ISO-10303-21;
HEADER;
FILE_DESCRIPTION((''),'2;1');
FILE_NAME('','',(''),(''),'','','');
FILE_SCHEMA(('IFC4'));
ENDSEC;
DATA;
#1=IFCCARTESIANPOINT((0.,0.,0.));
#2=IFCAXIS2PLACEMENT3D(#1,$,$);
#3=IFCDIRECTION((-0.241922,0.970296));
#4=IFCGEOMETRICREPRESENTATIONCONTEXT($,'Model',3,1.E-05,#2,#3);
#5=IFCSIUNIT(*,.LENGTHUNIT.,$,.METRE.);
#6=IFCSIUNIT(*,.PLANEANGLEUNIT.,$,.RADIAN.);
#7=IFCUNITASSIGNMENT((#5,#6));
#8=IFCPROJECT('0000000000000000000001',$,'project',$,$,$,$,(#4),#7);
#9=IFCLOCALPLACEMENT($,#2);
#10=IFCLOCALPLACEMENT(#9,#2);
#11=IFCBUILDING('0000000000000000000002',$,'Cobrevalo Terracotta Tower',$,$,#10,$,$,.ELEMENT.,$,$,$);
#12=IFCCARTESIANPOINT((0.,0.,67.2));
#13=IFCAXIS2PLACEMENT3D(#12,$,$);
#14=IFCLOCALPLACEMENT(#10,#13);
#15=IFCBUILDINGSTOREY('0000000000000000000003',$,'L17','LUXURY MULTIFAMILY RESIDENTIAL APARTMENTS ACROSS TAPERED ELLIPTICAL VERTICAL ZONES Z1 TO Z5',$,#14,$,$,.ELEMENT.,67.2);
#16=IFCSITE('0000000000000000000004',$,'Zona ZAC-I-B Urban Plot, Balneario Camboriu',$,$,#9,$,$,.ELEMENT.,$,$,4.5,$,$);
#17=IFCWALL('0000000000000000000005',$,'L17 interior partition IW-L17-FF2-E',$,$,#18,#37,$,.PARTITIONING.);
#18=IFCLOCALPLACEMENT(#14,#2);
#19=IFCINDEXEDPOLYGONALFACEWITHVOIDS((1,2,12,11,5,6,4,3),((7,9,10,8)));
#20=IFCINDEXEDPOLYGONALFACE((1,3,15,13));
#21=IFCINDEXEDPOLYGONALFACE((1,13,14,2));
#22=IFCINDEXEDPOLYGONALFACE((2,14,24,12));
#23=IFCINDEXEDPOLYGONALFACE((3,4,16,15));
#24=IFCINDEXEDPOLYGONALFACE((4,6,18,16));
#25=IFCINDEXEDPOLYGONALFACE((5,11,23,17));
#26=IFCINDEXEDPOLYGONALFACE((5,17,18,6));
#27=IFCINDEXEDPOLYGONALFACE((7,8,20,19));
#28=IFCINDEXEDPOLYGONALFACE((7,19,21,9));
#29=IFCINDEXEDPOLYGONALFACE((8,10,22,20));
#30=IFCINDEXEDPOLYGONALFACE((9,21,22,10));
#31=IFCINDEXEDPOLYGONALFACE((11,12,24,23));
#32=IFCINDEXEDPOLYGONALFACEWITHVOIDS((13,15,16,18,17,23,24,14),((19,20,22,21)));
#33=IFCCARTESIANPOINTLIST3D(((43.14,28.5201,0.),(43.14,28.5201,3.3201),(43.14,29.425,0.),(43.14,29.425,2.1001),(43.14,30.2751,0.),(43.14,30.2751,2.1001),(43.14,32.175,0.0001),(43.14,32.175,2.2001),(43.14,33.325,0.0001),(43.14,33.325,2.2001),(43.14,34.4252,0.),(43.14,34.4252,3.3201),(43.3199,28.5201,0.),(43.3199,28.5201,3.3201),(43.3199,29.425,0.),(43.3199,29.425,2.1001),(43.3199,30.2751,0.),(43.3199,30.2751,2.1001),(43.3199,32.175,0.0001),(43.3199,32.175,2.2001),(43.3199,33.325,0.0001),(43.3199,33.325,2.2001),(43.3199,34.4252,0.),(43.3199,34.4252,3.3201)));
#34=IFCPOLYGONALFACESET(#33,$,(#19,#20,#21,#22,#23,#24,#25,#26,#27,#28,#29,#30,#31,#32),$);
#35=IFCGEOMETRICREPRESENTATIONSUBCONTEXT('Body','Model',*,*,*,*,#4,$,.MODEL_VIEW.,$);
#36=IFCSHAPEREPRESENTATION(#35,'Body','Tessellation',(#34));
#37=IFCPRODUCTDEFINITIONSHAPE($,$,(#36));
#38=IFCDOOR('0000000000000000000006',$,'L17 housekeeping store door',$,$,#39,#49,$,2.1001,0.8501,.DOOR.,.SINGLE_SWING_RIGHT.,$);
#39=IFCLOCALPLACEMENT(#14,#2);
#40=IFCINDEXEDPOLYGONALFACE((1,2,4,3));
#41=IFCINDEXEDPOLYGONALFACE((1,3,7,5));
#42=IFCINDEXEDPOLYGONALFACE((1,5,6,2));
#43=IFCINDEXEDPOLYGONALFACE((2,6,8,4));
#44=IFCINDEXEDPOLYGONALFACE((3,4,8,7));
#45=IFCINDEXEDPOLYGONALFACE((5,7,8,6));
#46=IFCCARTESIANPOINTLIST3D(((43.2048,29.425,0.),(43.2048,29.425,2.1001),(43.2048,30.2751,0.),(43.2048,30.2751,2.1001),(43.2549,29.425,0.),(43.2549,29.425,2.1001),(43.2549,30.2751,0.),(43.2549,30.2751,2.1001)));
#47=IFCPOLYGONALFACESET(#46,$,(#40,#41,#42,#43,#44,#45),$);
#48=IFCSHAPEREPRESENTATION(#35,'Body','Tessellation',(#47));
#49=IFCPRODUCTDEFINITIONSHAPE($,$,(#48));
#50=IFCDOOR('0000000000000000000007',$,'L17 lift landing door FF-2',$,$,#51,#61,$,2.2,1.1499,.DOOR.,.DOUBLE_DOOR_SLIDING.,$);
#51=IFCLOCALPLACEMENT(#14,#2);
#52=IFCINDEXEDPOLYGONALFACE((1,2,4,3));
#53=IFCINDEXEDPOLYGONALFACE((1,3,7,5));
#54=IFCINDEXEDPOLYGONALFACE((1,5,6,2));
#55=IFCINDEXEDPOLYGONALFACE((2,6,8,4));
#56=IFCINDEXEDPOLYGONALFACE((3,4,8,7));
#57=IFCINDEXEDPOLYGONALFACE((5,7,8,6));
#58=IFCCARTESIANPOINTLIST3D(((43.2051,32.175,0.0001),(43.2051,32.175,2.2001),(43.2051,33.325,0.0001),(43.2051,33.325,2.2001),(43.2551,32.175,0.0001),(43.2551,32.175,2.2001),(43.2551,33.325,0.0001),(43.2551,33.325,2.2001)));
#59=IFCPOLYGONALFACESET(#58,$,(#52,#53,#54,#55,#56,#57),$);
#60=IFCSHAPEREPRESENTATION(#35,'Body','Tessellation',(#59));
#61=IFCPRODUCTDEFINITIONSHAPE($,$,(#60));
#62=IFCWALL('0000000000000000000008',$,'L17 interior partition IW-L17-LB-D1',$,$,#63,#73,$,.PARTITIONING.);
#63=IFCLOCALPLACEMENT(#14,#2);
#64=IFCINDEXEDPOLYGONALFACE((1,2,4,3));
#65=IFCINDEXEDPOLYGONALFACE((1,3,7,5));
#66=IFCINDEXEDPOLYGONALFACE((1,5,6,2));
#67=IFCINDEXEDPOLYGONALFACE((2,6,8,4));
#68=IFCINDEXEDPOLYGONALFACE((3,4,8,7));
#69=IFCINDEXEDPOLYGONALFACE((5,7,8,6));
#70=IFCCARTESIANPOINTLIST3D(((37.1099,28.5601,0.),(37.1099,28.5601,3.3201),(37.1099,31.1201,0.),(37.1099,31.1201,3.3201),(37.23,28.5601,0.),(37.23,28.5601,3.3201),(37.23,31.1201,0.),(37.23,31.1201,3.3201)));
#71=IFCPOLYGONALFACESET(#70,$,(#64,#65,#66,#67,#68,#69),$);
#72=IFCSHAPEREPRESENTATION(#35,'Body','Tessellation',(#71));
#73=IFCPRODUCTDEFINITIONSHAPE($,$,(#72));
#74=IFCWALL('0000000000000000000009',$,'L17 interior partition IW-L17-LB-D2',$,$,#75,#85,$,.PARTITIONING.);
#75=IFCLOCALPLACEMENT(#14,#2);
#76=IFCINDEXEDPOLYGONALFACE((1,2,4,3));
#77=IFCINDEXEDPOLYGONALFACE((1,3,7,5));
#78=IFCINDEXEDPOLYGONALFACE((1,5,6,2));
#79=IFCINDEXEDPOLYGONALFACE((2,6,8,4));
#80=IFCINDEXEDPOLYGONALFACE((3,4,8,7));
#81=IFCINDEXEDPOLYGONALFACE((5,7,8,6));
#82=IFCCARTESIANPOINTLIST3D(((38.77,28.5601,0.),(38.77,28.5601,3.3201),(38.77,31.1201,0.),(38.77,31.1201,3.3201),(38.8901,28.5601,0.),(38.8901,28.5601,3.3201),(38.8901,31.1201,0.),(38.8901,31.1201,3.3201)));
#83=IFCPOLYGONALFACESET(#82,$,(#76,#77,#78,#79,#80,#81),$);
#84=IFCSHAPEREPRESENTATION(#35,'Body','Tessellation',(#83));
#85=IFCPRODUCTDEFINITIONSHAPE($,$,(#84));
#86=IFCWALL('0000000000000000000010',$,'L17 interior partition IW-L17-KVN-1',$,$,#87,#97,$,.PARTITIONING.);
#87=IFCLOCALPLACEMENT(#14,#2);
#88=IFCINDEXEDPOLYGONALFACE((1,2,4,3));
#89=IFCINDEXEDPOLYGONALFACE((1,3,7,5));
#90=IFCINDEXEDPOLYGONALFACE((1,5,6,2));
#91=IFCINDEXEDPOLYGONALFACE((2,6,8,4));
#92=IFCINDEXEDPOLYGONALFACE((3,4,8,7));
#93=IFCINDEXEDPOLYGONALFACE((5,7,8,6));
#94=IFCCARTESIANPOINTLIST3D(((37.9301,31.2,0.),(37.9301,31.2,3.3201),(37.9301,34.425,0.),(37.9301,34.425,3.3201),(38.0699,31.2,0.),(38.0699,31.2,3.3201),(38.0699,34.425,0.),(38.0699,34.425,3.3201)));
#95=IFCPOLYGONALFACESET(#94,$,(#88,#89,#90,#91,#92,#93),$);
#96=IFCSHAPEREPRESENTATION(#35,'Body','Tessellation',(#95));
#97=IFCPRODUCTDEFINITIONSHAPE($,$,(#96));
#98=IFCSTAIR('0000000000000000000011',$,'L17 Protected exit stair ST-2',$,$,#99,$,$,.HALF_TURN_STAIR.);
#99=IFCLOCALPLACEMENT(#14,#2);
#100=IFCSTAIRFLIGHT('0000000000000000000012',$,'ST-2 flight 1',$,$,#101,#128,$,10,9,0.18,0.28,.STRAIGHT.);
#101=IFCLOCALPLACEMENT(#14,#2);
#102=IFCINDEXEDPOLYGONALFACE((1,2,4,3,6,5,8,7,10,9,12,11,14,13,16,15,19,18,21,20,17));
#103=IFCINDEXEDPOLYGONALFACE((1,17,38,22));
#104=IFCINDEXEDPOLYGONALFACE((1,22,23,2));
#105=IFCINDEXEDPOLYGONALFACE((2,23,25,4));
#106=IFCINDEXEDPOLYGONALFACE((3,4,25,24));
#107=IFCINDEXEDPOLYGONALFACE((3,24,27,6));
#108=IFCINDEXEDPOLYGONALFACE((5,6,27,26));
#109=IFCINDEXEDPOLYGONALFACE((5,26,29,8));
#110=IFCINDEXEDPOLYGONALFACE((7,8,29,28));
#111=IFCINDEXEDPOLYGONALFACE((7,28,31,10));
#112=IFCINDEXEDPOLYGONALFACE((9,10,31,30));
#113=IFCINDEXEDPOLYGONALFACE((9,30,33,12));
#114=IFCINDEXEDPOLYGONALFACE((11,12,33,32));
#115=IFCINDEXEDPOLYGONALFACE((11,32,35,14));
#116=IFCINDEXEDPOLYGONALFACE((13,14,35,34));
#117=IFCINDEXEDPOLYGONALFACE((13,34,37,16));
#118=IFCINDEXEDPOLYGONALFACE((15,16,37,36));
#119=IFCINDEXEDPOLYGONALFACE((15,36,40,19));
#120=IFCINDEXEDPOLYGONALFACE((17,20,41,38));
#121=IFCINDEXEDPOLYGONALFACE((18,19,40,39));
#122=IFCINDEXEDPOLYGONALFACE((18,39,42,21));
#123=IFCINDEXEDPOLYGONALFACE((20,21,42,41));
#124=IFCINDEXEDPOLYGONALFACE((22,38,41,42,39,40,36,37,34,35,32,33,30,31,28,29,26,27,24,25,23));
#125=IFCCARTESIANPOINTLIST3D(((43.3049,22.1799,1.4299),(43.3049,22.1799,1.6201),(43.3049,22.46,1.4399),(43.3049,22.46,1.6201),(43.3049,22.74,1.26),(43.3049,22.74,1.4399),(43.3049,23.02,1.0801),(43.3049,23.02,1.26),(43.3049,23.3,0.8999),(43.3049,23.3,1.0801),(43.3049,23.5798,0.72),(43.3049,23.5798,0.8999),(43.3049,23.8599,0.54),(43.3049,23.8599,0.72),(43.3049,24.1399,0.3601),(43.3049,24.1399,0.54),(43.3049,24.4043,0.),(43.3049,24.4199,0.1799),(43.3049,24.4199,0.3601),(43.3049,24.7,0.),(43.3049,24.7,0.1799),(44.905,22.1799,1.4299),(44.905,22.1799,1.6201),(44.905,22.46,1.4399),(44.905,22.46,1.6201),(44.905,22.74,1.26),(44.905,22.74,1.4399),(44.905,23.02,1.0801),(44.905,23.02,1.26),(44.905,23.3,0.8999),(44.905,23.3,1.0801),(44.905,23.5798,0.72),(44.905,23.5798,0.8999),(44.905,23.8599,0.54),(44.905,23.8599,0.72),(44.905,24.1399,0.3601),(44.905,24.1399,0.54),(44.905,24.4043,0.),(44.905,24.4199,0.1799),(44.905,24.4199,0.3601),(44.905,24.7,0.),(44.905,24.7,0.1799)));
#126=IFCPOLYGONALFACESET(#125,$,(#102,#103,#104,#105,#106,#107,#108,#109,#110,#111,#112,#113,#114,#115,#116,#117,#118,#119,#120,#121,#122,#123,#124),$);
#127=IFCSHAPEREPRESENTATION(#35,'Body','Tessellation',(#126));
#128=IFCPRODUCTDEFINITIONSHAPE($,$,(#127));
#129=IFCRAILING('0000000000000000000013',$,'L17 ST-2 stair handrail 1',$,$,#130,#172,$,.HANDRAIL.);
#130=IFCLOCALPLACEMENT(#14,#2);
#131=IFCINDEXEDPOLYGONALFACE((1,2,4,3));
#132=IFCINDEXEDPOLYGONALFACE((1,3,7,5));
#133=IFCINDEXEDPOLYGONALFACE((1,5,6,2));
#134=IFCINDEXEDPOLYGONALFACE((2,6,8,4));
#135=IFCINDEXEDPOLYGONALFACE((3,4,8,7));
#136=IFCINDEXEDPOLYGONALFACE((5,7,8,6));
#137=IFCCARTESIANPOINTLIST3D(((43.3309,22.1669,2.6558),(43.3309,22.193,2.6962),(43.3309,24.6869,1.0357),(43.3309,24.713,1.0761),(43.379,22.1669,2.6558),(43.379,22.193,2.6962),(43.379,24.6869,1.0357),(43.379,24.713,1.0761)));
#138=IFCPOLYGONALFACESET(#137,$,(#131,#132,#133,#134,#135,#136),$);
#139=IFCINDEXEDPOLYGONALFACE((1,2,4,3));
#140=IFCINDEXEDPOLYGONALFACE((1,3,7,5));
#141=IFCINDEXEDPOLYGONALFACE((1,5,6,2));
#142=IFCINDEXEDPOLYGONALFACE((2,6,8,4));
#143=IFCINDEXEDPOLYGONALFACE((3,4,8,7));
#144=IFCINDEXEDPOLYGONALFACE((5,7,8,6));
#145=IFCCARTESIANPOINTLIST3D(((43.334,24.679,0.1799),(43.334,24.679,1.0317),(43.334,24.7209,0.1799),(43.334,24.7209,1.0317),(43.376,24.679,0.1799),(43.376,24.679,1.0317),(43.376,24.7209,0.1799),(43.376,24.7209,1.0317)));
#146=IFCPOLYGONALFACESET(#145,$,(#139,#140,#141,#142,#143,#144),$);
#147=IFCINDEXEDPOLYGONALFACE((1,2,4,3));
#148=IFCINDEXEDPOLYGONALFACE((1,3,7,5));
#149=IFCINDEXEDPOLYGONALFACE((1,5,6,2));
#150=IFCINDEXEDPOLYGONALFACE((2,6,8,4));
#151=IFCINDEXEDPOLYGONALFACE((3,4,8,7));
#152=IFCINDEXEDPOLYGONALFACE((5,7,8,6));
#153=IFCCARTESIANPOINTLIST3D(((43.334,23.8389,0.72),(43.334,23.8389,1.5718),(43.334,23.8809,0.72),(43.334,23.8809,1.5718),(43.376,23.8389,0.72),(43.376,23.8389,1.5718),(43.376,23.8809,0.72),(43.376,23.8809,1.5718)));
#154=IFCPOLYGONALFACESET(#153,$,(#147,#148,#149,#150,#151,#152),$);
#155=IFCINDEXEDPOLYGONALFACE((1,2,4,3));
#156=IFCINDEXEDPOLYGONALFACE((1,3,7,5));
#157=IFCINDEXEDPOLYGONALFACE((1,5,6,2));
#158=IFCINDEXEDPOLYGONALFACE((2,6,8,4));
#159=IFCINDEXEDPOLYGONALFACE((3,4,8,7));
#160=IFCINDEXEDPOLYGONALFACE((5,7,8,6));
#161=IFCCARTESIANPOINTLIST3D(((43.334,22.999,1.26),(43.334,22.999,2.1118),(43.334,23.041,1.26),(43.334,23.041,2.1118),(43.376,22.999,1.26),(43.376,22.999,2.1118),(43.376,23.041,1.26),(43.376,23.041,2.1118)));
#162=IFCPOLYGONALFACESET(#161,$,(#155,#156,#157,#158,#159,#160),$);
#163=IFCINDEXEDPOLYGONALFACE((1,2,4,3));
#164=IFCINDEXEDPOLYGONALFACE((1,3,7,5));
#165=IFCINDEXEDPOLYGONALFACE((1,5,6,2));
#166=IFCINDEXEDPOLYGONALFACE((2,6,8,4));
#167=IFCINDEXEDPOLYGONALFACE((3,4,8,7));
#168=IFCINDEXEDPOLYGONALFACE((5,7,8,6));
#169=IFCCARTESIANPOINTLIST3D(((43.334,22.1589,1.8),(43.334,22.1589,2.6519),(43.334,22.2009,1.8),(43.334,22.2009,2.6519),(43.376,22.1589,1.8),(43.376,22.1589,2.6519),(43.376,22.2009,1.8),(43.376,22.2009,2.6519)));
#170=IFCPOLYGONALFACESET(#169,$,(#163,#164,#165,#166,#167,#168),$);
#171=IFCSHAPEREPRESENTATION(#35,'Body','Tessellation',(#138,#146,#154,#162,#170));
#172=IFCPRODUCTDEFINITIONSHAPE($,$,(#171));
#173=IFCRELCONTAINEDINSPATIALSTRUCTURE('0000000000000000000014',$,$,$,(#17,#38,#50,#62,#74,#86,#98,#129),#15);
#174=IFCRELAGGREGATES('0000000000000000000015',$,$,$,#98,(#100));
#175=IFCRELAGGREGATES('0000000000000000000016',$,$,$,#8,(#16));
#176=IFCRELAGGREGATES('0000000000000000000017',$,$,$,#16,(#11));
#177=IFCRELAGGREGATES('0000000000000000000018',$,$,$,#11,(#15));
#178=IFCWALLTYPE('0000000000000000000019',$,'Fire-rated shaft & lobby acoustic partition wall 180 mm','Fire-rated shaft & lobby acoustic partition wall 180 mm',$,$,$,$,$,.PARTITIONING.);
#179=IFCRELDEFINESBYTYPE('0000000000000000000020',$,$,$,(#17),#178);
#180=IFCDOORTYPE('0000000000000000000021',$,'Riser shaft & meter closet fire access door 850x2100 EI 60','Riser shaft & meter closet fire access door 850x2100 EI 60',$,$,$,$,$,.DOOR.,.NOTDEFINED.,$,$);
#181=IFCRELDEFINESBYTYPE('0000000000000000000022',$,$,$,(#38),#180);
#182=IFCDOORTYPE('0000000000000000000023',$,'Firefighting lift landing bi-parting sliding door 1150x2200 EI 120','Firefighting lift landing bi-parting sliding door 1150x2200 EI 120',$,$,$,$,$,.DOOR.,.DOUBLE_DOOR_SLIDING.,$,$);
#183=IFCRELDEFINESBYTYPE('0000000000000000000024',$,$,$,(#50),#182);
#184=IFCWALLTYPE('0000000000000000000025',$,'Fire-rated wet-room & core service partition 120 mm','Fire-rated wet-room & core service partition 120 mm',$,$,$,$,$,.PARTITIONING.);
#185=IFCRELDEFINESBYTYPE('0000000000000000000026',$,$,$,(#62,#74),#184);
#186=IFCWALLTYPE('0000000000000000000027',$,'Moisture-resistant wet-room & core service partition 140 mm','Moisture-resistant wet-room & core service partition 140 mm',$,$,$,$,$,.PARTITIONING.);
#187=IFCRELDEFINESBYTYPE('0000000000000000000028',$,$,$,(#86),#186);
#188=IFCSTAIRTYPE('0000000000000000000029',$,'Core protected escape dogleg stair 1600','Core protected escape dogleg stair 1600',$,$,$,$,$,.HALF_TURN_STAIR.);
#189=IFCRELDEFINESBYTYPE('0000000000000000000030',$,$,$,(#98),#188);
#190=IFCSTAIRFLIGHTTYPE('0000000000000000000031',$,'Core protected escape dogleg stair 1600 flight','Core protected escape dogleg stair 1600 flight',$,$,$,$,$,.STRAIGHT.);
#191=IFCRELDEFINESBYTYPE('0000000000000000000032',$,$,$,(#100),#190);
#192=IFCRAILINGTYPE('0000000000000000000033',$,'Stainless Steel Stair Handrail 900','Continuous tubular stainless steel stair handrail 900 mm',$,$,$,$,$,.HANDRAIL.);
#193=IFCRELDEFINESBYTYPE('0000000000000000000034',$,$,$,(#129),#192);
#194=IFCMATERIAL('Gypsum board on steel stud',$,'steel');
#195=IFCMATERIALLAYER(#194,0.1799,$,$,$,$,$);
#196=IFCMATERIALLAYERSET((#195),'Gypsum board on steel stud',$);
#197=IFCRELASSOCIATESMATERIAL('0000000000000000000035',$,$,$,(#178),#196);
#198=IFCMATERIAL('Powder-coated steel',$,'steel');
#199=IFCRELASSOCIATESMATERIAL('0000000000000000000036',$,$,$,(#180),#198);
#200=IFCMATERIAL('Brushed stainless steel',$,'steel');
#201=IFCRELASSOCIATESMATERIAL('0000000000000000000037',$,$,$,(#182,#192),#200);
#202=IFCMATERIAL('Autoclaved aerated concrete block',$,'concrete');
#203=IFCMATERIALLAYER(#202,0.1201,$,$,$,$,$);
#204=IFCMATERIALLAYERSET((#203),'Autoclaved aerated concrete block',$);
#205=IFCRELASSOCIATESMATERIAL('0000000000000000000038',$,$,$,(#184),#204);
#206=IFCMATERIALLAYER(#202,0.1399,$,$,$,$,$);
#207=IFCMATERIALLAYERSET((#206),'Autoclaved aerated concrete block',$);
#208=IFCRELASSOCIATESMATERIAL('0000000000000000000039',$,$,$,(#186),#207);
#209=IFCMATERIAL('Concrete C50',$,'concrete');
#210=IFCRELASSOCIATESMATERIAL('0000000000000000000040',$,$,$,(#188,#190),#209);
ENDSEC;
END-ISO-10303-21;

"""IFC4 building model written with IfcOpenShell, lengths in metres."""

from ifc_helpers import new_model, si_unit, direction, frame, frame_2d, origin, origin_2d, place, context, subcontext, project, spatial, polyline, rectangle, outline, extrude, source, transform, mapped, material, layer, layer_set, type_object, element, fill, aggregate, save


model = new_model("IFC4")

# Units and contexts
model_context = context("Model", 3, precision=1e-05, world=origin(), true_north=direction((-0.241922, 0.970296)))
body_context = subcontext(model_context, "Body", "Model", "MODEL_VIEW")
ifc_project = project(units=[si_unit("LENGTHUNIT", "METRE"), si_unit("PLANEANGLEUNIT", "RADIAN")], contexts=[model_context])

# Site, building, storey
site_placement = place(None, origin())
site = spatial("IfcSite", under=ifc_project, at=site_placement, Name="Zona ZAC-I-B Urban Plot, Balneario Camboriu", CompositionType="ELEMENT", RefElevation=4.5)
building_placement = place(site_placement, origin())
building = spatial("IfcBuilding", under=site, at=building_placement, Name="Cobrevalo Terracotta Tower", CompositionType="ELEMENT")
storey_placement = place(building_placement, frame((0.0, 0.0, 67.2)))
storey = spatial("IfcBuildingStorey", under=building, at=storey_placement, Name="L17", Description="LUXURY MULTIFAMILY RESIDENTIAL APARTMENTS ACROSS TAPERED ELLIPTICAL VERTICAL ZONES Z1 TO Z5", CompositionType="ELEMENT", Elevation=67.2)

# Shared definitions
ifc_material_1 = material(Name="Gypsum board on steel stud", Category="steel")

# Shared definitions
ifc_material_2 = material(Name="Brushed stainless steel", Category="steel")

# Shared definitions
ifc_layer_1 = layer(ifc_material_1, 0.1799)
ifc_layer_set_1 = layer_set([ifc_layer_1], Name="Gypsum board on steel stud")
wall_type_1 = type_object("IfcWallType", Name="Fire-rated shaft & lobby acoustic partition wall 180 mm", Description="Fire-rated shaft & lobby acoustic partition wall 180 mm", PredefinedType="PARTITIONING", material=ifc_layer_set_1)
ifc_material_3 = material(Name="Powder-coated steel", Category="steel")
door_type_1 = type_object("IfcDoorType", Name="Riser shaft & meter closet fire access door 850x2100 EI 60", Description="Riser shaft & meter closet fire access door 850x2100 EI 60", OperationType="NOTDEFINED", PredefinedType="DOOR", material=ifc_material_3)
shared_shape_1 = source(origin(), body_context, "Body", "SweptSolid", [
    extrude(rectangle(XDim=0.8501, YDim=2.1001, at=frame_2d((0.425, 1.05))), frame((0.0, 0.0249, 0.0), z_axis=(0.0, -1.0, 0.0), x_axis=(1.0, 0.0, 0.0)), (0.0, 0.0, 1.0), 0.05),
])

# Wall, openings, doors
wall_1_placement = place(storey_placement, frame((43.23, 28.52, 0.0), z_axis=(0.0, 0.0, 1.0), x_axis=(0.0, 1.0, 0.0)))
wall_1 = element("IfcWall", 1, at=wall_1_placement, inside=storey, type_object=wall_type_1, Name="L17 interior partition IW-L17-FF2-E", PredefinedType="PARTITIONING", context=body_context, shape_type="SweptSolid", body=[
    extrude(rectangle(XDim=5.905, YDim=0.1799, at=frame_2d((2.9526, 0.0))), origin(), (0.0, 0.0, 1.0), 3.3201),
])
opening_1_placement = place(wall_1_placement, frame((0.905, 0.0, 0.0)))
opening_1 = element("IfcOpeningElement", 2, at=opening_1_placement, cuts=wall_1, PredefinedType="OPENING", context=body_context, shape_type="SweptSolid", body=[
    extrude(rectangle(XDim=0.8501, YDim=2.1001, at=frame_2d((0.425, 1.05))), frame((0.0, 0.1001, 0.0), z_axis=(0.0, -1.0, 0.0), x_axis=(1.0, 0.0, 0.0)), (0.0, 0.0, 1.0), 0.2),
])
opening_2_placement = place(wall_1_placement, frame((3.655, 0.0, 0.0)))
opening_2 = element("IfcOpeningElement", 3, at=opening_2_placement, cuts=wall_1, PredefinedType="OPENING", context=body_context, shape_type="SweptSolid", body=[
    extrude(rectangle(XDim=1.1499, YDim=2.2, at=frame_2d((0.575, 1.1001))), frame((0.0, 0.1001, 0.0), z_axis=(0.0, -1.0, 0.0), x_axis=(1.0, 0.0, 0.0)), (0.0, 0.0, 1.0), 0.2),
])
door_1_placement = place(opening_1_placement, frame((0.8501, 0.0, 0.0), z_axis=(0.0, 0.0, 1.0), x_axis=(-1.0, 0.0, 0.0)))
door_1 = element("IfcDoor", 4, at=door_1_placement, inside=storey, type_object=door_type_1, Name="L17 housekeeping store door", OperationType="SINGLE_SWING_RIGHT", OverallHeight=2.1001, OverallWidth=0.8501, PredefinedType="DOOR", context=body_context, shape_type="MappedRepresentation", body=[
    mapped(shared_shape_1, transform((0.0, 0.0, 0.0), scale=1.0)),
])
fill(opening_1, door_1)
door_type_2 = type_object("IfcDoorType", Name="Firefighting lift landing bi-parting sliding door 1150x2200 EI 120", Description="Firefighting lift landing bi-parting sliding door 1150x2200 EI 120", OperationType="DOUBLE_DOOR_SLIDING", PredefinedType="DOOR", material=ifc_material_2)
shared_shape_2 = source(origin(), body_context, "Body", "SweptSolid", [
    extrude(rectangle(XDim=1.1499, YDim=2.2, at=frame_2d((0.575, 1.1001))), frame((0.0, 0.0249, 0.0), z_axis=(0.0, -1.0, 0.0), x_axis=(1.0, 0.0, 0.0)), (0.0, 0.0, 1.0), 0.05),
])
door_2_placement = place(opening_2_placement, origin())
door_2 = element("IfcDoor", 5, at=door_2_placement, inside=storey, type_object=door_type_2, Name="L17 lift landing door FF-2", OperationType="DOUBLE_DOOR_SLIDING", OverallHeight=2.2, OverallWidth=1.1499, PredefinedType="DOOR", context=body_context, shape_type="MappedRepresentation", body=[
    mapped(shared_shape_2, transform((0.0, 0.0, 0.0), scale=1.0)),
])
fill(opening_2, door_2)

# Walls
ifc_material_4 = material(Name="Autoclaved aerated concrete block", Category="concrete")
ifc_layer_2 = layer(ifc_material_4, 0.1201)
ifc_layer_set_2 = layer_set([ifc_layer_2], Name="Autoclaved aerated concrete block")
wall_type_2 = type_object("IfcWallType", Name="Fire-rated wet-room & core service partition 120 mm", Description="Fire-rated wet-room & core service partition 120 mm", PredefinedType="PARTITIONING", material=ifc_layer_set_2)
for number, where, z_axis, x_axis, name in (
    (6, (37.1699, 28.5601, 0.0), (0.0, 0.0, 1.0), (0.0, 1.0, 0.0), "L17 interior partition IW-L17-LB-D1"),
    (7, (38.8301, 28.5601, 0.0), (0.0, 0.0, 1.0), (0.0, 1.0, 0.0), "L17 interior partition IW-L17-LB-D2"),
):
    element("IfcWall", number, at=place(storey_placement, frame(where, z_axis=z_axis, x_axis=x_axis)), inside=storey, type_object=wall_type_2, Name=name, PredefinedType="PARTITIONING", context=body_context, shape_type="SweptSolid", body=[
        extrude(rectangle(XDim=2.5601, YDim=0.1201, at=frame_2d((1.28, 0.0))), origin(), (0.0, 0.0, 1.0), 3.3201),
    ])
ifc_layer_3 = layer(ifc_material_4, 0.1399)
ifc_layer_set_3 = layer_set([ifc_layer_3], Name="Autoclaved aerated concrete block")
wall_type_3 = type_object("IfcWallType", Name="Moisture-resistant wet-room & core service partition 140 mm", Description="Moisture-resistant wet-room & core service partition 140 mm", PredefinedType="PARTITIONING", material=ifc_layer_set_3)
wall_2_placement = place(storey_placement, frame((38.0, 31.2, 0.0), z_axis=(0.0, 0.0, 1.0), x_axis=(0.0, 1.0, 0.0)))
element("IfcWall", 8, at=wall_2_placement, inside=storey, type_object=wall_type_3, Name="L17 interior partition IW-L17-KVN-1", PredefinedType="PARTITIONING", context=body_context, shape_type="SweptSolid", body=[
    extrude(rectangle(XDim=3.2251, YDim=0.1399, at=frame_2d((1.6125, 0.0))), origin(), (0.0, 0.0, 1.0), 3.3201),
])

# Shared definitions
ifc_material_5 = material(Name="Concrete C50", Category="concrete")

# Stair, stair flight
stair_type = type_object("IfcStairType", Name="Core protected escape dogleg stair 1600", Description="Core protected escape dogleg stair 1600", PredefinedType="HALF_TURN_STAIR", material=ifc_material_5)
stair_placement = place(storey_placement, origin())
stair = element("IfcStair", 9, at=stair_placement, inside=storey, type_object=stair_type, Name="L17 Protected exit stair ST-2", PredefinedType="HALF_TURN_STAIR")
stair_flight_type = type_object("IfcStairFlightType", Name="Core protected escape dogleg stair 1600 flight", Description="Core protected escape dogleg stair 1600 flight", PredefinedType="STRAIGHT", material=ifc_material_5)
stair_flight_placement = place(storey_placement, frame((44.105, 24.7, 0.0), z_axis=(0.0, 0.0, 1.0), x_axis=(0.0, -1.0, 0.0)))
stair_flight = element("IfcStairFlight", 10, at=stair_flight_placement, type_object=stair_flight_type, Name="ST-2 flight 1", NumberOfRisers=10, NumberOfTreads=9, PredefinedType="STRAIGHT", RiserHeight=0.18, TreadLength=0.28, context=body_context, shape_type="SweptSolid", body=[
    extrude(outline(polyline([(0.0, 0.0), (0.0, 0.1799), (0.28, 0.1799), (0.28, 0.3601), (0.5601, 0.3601), (0.5601, 0.54), (0.8401, 0.54), (0.8401, 0.72), (1.1201, 0.72), (1.1201, 0.8999), (1.3999, 0.8999), (1.3999, 1.0801), (1.6799, 1.0801), (1.6799, 1.26), (1.96, 1.26), (1.96, 1.4399), (2.24, 1.4399), (2.24, 1.6201), (2.52, 1.6201), (2.52, 1.8), (2.52, 1.4299), (0.2957, 0.0), (0.0, 0.0)])), frame((0.0, 0.8, 0.0), z_axis=(0.0, -1.0, 0.0), x_axis=(1.0, 0.0, 0.0)), (0.0, 0.0, 1.0), 1.6001),
])
aggregate(stair, [stair_flight])

# Railing
railing_type_1 = type_object("IfcRailingType", Name="Stainless Steel Stair Handrail 900", Description="Continuous tubular stainless steel stair handrail 900 mm", PredefinedType="HANDRAIL", material=ifc_material_2)
railing_1_placement = place(storey_placement, frame((43.355, 24.7, 0.1799)))
element("IfcRailing", 11, at=railing_1_placement, inside=storey, type_object=railing_type_1, Name="L17 ST-2 stair handrail 1", PredefinedType="HANDRAIL", context=body_context, shape_type="SweptSolid", body=[
    extrude(rectangle(XDim=0.0481, YDim=0.0481, at=origin_2d()), frame((0.0, 0.0, 0.876), z_axis=(0.0, -0.841163, 0.540782), x_axis=(1.0, 0.0, 0.0)), (0.0, 0.0, 1.0), 2.9958),
    extrude(rectangle(XDim=0.042, YDim=0.042, at=origin_2d()), origin(), (0.0, 0.0, 1.0), 0.8518),
    extrude(rectangle(XDim=0.042, YDim=0.042, at=origin_2d()), frame((0.0, -0.8401, 0.54)), (0.0, 0.0, 1.0), 0.8518),
    extrude(rectangle(XDim=0.042, YDim=0.042, at=origin_2d()), frame((0.0, -1.6799, 1.0801)), (0.0, 0.0, 1.0), 0.8518),
    extrude(rectangle(XDim=0.042, YDim=0.042, at=origin_2d()), frame((0.0, -2.52, 1.6201)), (0.0, 0.0, 1.0), 0.8518),
])

save(model, "model.ifc")
